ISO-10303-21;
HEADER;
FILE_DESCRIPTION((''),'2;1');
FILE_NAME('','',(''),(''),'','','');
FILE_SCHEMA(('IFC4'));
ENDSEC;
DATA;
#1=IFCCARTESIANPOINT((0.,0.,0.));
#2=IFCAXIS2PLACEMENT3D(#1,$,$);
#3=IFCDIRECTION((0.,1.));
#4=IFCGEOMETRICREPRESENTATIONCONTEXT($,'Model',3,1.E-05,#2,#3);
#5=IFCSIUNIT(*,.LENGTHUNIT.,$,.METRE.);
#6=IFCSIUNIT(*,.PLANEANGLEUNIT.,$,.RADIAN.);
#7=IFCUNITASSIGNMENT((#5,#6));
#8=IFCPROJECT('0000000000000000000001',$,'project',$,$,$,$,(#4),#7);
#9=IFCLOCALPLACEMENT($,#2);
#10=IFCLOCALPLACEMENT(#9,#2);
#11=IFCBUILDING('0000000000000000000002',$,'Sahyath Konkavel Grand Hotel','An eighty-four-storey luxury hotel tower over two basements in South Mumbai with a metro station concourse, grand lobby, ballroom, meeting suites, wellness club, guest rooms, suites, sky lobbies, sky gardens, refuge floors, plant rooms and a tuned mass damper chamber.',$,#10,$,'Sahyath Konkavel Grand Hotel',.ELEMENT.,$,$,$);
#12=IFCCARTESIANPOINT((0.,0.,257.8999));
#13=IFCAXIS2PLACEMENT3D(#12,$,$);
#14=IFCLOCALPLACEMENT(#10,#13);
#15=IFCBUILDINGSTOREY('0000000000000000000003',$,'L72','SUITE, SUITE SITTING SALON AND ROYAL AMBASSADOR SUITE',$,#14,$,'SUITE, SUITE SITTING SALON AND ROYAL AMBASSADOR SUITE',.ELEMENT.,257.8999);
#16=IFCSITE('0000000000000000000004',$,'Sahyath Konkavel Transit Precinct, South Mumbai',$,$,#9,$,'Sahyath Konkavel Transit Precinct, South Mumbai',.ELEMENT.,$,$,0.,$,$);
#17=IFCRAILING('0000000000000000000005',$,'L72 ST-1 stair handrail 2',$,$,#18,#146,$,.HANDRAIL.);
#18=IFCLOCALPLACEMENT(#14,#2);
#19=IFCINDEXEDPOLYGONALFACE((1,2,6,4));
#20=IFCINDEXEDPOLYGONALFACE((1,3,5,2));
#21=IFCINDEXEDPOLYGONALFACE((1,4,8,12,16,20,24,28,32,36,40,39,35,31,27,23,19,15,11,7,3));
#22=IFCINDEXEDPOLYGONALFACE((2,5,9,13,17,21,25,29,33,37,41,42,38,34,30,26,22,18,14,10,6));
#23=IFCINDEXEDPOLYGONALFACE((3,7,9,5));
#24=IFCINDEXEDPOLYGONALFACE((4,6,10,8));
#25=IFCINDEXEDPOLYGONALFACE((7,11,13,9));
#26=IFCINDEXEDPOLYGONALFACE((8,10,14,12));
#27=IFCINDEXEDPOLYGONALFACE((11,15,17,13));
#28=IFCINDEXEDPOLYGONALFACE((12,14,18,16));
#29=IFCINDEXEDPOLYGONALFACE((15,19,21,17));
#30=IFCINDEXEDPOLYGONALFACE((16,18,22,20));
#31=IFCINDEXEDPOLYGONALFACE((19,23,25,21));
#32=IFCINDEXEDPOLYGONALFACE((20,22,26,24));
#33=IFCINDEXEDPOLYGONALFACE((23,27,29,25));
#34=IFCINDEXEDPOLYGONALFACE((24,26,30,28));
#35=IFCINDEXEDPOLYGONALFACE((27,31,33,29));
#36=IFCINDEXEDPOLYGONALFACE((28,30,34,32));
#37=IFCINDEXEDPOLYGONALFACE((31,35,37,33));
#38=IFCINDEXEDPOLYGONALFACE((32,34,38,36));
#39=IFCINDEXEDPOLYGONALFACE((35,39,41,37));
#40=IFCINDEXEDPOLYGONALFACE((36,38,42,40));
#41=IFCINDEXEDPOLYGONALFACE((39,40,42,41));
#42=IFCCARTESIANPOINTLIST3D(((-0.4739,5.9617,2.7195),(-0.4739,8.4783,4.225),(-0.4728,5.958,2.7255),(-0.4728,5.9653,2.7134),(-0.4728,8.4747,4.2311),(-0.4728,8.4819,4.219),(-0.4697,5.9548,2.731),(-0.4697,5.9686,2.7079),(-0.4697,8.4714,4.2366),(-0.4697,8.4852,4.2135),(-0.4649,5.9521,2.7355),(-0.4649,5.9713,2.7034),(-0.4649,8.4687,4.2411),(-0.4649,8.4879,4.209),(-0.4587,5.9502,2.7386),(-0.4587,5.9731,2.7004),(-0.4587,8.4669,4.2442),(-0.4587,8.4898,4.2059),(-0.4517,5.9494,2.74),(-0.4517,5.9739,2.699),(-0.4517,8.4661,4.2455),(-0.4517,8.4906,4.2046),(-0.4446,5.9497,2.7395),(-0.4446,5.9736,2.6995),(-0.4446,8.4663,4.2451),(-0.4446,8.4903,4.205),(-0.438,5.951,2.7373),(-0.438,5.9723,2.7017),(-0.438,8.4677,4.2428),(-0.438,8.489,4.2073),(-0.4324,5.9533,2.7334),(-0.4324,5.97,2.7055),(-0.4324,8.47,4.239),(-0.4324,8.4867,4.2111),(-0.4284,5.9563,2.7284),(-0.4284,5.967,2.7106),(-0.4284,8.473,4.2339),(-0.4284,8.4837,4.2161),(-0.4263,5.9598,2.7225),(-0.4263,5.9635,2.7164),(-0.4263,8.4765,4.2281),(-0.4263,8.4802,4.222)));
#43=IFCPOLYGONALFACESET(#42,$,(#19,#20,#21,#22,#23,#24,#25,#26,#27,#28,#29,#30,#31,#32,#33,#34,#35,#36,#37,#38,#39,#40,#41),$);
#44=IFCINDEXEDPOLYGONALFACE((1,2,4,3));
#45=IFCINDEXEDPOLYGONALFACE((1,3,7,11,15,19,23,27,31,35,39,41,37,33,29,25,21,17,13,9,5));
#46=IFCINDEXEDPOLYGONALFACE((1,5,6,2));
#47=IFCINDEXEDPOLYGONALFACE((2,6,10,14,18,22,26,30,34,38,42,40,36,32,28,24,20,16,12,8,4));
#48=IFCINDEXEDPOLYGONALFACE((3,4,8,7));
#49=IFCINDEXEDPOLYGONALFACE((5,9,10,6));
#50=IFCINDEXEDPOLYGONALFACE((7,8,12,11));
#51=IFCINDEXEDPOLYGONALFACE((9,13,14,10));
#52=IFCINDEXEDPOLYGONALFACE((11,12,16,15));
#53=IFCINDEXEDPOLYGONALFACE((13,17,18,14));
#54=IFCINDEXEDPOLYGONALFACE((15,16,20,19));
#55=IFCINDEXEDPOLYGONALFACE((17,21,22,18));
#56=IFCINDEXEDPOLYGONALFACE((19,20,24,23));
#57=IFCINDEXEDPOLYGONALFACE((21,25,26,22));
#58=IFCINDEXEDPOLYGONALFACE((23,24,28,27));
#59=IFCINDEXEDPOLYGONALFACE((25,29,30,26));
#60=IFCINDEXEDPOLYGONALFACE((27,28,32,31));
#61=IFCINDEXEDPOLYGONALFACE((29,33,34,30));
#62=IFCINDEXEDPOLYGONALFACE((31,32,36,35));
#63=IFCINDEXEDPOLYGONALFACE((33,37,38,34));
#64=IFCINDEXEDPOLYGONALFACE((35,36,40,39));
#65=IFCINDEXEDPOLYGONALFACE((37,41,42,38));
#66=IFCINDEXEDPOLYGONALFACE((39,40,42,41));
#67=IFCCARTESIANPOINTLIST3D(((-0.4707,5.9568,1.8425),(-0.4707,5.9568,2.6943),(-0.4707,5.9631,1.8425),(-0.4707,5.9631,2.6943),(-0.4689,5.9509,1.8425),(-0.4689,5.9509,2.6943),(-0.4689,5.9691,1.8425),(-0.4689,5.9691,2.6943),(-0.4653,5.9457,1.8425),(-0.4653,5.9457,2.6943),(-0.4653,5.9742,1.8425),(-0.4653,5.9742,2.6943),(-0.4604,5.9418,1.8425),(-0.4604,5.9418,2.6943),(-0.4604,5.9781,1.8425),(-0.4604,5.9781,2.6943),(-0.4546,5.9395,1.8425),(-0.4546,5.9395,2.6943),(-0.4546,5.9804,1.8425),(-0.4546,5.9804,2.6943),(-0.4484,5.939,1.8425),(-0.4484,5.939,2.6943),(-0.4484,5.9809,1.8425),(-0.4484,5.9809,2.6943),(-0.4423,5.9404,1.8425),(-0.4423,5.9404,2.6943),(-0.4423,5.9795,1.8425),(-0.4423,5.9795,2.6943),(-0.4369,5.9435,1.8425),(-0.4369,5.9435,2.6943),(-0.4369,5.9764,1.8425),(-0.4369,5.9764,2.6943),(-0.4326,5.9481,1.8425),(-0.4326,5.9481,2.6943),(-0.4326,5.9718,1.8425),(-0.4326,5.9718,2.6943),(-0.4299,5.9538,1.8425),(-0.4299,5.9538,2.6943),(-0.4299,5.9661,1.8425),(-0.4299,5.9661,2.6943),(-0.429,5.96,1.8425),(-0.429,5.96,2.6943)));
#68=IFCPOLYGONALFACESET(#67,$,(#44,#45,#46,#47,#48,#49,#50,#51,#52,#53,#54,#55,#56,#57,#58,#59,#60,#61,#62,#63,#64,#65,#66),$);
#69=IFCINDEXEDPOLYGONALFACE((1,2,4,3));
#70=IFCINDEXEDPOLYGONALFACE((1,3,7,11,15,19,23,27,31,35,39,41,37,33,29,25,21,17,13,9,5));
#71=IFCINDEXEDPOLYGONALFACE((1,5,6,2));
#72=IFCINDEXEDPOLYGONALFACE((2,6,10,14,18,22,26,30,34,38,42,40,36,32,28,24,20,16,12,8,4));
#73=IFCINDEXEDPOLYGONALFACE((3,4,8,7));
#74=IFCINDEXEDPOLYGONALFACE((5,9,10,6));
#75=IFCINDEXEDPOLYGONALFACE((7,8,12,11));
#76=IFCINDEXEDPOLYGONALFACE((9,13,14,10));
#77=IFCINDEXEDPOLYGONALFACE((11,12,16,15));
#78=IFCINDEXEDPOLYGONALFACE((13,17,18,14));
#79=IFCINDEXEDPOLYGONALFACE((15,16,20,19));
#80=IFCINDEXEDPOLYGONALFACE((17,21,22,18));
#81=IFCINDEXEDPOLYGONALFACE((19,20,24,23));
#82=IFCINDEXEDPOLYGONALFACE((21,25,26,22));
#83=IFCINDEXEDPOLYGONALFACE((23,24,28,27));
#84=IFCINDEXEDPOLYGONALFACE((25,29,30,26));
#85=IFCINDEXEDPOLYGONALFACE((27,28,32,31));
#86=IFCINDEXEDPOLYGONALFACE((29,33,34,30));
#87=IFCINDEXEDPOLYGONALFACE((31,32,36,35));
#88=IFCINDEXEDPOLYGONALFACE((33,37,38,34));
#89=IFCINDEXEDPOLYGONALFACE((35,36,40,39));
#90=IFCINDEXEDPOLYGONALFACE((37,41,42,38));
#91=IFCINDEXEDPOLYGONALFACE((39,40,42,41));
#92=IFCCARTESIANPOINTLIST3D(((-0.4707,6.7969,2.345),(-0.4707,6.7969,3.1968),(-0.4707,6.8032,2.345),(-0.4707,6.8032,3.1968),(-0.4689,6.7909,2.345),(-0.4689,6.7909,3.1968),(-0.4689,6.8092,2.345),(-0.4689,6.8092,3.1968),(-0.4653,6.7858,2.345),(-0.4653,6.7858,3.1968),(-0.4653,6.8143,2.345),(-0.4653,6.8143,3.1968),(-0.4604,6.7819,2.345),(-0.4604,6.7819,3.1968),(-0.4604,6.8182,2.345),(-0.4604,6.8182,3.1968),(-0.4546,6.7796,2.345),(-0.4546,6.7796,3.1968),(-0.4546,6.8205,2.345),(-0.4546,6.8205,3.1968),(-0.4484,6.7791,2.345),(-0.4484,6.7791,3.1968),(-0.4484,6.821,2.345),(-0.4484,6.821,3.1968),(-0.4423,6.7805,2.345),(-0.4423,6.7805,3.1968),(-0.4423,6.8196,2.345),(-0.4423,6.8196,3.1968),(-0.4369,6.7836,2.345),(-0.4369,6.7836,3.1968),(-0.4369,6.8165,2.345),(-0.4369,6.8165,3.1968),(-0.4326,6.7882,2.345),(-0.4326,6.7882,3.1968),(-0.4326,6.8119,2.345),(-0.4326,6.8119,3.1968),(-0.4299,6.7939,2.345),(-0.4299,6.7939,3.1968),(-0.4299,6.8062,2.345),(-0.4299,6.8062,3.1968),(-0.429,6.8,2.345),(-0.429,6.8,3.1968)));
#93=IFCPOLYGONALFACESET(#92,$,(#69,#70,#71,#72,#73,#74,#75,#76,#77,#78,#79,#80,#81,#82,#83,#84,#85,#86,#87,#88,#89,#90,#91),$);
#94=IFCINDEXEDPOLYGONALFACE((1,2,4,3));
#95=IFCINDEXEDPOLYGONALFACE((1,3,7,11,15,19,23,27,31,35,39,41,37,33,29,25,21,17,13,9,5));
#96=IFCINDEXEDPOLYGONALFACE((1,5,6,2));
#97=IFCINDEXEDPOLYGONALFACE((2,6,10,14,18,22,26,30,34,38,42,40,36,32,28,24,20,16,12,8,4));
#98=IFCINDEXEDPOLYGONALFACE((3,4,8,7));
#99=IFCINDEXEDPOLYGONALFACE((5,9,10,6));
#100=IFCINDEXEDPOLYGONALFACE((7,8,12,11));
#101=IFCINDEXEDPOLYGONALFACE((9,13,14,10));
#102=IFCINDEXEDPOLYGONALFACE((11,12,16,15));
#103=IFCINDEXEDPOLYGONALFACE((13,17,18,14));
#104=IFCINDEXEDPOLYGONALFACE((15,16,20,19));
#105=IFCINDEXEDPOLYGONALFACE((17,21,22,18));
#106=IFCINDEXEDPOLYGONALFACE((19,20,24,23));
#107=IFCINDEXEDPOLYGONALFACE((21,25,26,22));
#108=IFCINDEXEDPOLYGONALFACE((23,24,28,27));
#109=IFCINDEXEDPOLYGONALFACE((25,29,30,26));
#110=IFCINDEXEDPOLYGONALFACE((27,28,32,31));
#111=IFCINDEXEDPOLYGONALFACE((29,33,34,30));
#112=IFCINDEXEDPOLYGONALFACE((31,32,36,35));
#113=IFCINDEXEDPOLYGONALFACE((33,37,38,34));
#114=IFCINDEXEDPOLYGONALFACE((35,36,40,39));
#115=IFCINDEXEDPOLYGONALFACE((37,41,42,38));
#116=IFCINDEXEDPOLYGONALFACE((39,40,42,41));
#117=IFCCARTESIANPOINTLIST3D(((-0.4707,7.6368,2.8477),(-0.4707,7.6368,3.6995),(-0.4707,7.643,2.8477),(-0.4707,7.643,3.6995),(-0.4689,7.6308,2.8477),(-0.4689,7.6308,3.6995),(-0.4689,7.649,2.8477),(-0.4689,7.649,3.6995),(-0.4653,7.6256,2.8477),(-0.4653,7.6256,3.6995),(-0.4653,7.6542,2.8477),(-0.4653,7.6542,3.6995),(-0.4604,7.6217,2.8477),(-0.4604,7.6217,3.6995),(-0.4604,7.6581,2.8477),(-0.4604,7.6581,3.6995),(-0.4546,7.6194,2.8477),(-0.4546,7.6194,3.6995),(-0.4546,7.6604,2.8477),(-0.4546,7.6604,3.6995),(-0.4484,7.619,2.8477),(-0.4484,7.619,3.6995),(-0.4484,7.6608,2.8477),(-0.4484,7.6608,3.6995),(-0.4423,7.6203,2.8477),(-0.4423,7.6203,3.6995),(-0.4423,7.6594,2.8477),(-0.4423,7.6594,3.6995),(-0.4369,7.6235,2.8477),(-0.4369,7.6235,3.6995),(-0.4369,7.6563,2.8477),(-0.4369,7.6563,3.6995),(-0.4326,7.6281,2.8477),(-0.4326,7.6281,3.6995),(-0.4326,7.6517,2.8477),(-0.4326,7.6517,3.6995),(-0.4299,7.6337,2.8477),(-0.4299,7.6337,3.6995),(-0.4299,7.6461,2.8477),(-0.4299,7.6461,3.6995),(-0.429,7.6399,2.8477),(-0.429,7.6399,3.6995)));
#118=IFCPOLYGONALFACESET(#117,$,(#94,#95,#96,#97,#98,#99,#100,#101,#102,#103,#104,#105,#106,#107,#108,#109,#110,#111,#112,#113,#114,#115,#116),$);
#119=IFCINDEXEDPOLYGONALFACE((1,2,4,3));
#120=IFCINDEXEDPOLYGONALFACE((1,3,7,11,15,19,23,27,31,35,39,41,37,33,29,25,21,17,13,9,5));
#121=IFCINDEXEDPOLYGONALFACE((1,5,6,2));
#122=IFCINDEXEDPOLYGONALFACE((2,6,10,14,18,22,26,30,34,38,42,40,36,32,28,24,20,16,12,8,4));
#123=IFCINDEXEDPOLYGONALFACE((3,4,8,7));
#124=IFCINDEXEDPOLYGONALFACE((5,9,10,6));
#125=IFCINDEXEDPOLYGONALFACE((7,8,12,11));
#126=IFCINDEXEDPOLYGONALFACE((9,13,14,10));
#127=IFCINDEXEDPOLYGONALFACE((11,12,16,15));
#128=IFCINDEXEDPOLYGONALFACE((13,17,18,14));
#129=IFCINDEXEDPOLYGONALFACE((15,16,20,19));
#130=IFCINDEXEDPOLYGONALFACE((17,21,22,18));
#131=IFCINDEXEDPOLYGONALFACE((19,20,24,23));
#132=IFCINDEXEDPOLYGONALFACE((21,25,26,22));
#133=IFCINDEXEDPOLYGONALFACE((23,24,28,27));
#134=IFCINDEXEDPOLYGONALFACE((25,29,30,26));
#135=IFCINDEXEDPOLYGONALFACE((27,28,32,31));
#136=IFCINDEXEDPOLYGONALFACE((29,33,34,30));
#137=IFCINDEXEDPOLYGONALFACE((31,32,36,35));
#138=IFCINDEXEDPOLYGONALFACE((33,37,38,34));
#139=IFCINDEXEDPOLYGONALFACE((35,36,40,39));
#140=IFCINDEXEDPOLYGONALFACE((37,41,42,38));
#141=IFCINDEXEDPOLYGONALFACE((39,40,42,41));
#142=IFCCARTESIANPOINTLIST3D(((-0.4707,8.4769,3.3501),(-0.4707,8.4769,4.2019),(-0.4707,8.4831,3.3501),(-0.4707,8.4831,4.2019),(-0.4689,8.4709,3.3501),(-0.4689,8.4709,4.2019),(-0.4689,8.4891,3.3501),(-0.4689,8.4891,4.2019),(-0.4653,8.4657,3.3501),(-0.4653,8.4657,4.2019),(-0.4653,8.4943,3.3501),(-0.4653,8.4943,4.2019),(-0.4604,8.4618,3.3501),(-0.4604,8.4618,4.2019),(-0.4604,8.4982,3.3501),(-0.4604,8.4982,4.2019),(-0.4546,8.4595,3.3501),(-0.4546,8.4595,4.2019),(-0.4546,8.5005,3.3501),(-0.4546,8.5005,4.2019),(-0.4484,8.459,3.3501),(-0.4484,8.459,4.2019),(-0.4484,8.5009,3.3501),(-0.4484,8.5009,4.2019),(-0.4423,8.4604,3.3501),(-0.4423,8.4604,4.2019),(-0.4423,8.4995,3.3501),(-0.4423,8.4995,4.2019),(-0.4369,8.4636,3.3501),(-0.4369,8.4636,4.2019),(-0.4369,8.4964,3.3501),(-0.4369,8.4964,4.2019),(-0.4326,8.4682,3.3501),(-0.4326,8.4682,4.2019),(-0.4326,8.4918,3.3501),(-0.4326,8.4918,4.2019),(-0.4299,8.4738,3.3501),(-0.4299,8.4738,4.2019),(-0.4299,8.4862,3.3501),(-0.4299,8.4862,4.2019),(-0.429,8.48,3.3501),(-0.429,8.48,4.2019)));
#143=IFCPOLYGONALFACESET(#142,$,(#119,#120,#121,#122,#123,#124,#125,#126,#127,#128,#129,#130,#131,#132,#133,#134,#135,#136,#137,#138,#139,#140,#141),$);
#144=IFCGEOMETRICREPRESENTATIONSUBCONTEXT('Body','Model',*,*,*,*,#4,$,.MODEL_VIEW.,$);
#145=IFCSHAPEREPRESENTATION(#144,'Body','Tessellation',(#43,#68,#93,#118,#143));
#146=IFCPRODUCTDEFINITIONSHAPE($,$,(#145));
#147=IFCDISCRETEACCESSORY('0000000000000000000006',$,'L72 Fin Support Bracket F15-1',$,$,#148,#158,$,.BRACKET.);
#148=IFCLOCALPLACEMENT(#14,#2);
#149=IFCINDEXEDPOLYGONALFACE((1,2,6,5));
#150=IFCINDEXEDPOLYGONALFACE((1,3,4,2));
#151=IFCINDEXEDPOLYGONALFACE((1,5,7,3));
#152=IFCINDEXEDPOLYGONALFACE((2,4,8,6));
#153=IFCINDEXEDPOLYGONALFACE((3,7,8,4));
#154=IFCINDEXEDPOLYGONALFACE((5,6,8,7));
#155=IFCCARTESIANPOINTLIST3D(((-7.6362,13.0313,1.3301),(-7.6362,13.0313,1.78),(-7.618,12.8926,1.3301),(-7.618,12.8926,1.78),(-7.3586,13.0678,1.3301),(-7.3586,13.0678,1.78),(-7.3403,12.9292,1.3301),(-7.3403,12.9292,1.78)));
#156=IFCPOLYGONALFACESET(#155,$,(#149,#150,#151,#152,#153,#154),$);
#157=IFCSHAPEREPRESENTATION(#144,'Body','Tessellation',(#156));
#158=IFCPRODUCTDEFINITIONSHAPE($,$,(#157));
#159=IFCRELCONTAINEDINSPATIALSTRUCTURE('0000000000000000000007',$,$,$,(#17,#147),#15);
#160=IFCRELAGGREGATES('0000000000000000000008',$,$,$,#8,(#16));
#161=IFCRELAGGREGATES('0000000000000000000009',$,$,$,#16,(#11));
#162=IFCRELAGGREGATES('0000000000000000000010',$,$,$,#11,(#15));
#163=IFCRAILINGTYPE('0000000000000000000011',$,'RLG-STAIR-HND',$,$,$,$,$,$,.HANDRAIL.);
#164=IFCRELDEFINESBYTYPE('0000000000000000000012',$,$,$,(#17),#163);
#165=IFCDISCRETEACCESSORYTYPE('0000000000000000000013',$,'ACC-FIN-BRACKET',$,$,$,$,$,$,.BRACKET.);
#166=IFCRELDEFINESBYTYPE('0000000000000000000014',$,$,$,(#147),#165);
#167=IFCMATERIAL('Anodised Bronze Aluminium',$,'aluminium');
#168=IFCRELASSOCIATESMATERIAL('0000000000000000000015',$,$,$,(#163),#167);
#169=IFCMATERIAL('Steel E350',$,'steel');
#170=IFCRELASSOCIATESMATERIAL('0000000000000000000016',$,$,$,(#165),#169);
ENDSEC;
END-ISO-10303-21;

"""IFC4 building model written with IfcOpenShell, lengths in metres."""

from ifc_helpers import new_model, si_unit, direction, frame, origin, origin_2d, place, context, subcontext, project, spatial, rectangle, circle, extrude, source, transform, mapped, material, type_object, element, save


model = new_model("IFC4")

# Units and contexts
model_context = context("Model", 3, precision=1e-05, world=origin(), true_north=direction((0.0, 1.0)))
body_context = subcontext(model_context, "Body", "Model", "MODEL_VIEW")
ifc_project = project(units=[si_unit("LENGTHUNIT", "METRE"), si_unit("PLANEANGLEUNIT", "RADIAN")], contexts=[model_context])

# Site, building, storey
site_placement = place(None, origin())
site = spatial("IfcSite", under=ifc_project, at=site_placement, Name="Sahyath Konkavel Transit Precinct, South Mumbai", LongName="Sahyath Konkavel Transit Precinct, South Mumbai", CompositionType="ELEMENT", RefElevation=0.0)
building_placement = place(site_placement, origin())
building = spatial("IfcBuilding", under=site, at=building_placement, Name="Sahyath Konkavel Grand Hotel", Description="An eighty-four-storey luxury hotel tower over two basements in South Mumbai with a metro station concourse, grand lobby, ballroom, meeting suites, wellness club, guest rooms, suites, sky lobbies, sky gardens, refuge floors, plant rooms and a tuned mass damper chamber.", LongName="Sahyath Konkavel Grand Hotel", CompositionType="ELEMENT")
storey_placement = place(building_placement, frame((0.0, 0.0, 257.8999)))
storey = spatial("IfcBuildingStorey", under=building, at=storey_placement, Name="L72", Description="SUITE, SUITE SITTING SALON AND ROYAL AMBASSADOR SUITE", LongName="SUITE, SUITE SITTING SALON AND ROYAL AMBASSADOR SUITE", CompositionType="ELEMENT", Elevation=257.8999)

# Shared definitions
ifc_material_1 = material(Name="Steel E350", Category="steel")

# Shared definitions
ifc_material_2 = material(Name="Anodised Bronze Aluminium", Category="aluminium")

# Railing
railing_type_1 = type_object("IfcRailingType", Name="RLG-STAIR-HND", PredefinedType="HANDRAIL", material=ifc_material_2)
railing_1_placement = place(storey_placement, frame((-0.45, 5.96, 1.8425)))
element("IfcRailing", 1, at=railing_1_placement, inside=storey, type_object=railing_type_1, Name="L72 ST-1 stair handrail 2", PredefinedType="HANDRAIL", context=body_context, shape_type="SweptSolid", body=[
    extrude(circle(Radius=0.0239, at=origin_2d()), frame((0.0, 0.0017, 0.877), z_axis=(0.0, 0.85816, 0.513383), x_axis=(-1.0, 0.0, 0.0)), (0.0, 0.0, 1.0), 2.9326),
    extrude(circle(Radius=0.021, at=origin_2d()), origin(), (0.0, 0.0, 1.0), 0.8518),
    extrude(circle(Radius=0.021, at=origin_2d()), frame((0.0, 0.8401, 0.5024)), (0.0, 0.0, 1.0), 0.8518),
    extrude(circle(Radius=0.021, at=origin_2d()), frame((0.0, 1.6799, 1.0051)), (0.0, 0.0, 1.0), 0.8518),
    extrude(circle(Radius=0.021, at=origin_2d()), frame((0.0, 2.52, 1.5076)), (0.0, 0.0, 1.0), 0.8518),
])

# Discrete accessory
discrete_accessory_type = type_object("IfcDiscreteAccessoryType", Name="ACC-FIN-BRACKET", PredefinedType="BRACKET", material=ifc_material_1)
shared_shape_1 = source(origin(), body_context, "Body", "SweptSolid", [
    extrude(rectangle(XDim=0.28, YDim=0.1399, at=origin_2d()), origin(), (0.0, 0.0, 1.0), 0.45),
])
discrete_accessory_placement = place(storey_placement, frame((-7.4883, 12.9802, 1.3301), z_axis=(0.0, 0.0, 1.0), x_axis=(-0.991445, -0.130526, 0.0)))
element("IfcDiscreteAccessory", 2, at=discrete_accessory_placement, inside=storey, type_object=discrete_accessory_type, Name="L72 Fin Support Bracket F15-1", PredefinedType="BRACKET", context=body_context, shape_type="MappedRepresentation", body=[
    mapped(shared_shape_1, transform((0.0, 0.0, 0.0), scale=1.0)),
])

save(model, "model.ifc")
